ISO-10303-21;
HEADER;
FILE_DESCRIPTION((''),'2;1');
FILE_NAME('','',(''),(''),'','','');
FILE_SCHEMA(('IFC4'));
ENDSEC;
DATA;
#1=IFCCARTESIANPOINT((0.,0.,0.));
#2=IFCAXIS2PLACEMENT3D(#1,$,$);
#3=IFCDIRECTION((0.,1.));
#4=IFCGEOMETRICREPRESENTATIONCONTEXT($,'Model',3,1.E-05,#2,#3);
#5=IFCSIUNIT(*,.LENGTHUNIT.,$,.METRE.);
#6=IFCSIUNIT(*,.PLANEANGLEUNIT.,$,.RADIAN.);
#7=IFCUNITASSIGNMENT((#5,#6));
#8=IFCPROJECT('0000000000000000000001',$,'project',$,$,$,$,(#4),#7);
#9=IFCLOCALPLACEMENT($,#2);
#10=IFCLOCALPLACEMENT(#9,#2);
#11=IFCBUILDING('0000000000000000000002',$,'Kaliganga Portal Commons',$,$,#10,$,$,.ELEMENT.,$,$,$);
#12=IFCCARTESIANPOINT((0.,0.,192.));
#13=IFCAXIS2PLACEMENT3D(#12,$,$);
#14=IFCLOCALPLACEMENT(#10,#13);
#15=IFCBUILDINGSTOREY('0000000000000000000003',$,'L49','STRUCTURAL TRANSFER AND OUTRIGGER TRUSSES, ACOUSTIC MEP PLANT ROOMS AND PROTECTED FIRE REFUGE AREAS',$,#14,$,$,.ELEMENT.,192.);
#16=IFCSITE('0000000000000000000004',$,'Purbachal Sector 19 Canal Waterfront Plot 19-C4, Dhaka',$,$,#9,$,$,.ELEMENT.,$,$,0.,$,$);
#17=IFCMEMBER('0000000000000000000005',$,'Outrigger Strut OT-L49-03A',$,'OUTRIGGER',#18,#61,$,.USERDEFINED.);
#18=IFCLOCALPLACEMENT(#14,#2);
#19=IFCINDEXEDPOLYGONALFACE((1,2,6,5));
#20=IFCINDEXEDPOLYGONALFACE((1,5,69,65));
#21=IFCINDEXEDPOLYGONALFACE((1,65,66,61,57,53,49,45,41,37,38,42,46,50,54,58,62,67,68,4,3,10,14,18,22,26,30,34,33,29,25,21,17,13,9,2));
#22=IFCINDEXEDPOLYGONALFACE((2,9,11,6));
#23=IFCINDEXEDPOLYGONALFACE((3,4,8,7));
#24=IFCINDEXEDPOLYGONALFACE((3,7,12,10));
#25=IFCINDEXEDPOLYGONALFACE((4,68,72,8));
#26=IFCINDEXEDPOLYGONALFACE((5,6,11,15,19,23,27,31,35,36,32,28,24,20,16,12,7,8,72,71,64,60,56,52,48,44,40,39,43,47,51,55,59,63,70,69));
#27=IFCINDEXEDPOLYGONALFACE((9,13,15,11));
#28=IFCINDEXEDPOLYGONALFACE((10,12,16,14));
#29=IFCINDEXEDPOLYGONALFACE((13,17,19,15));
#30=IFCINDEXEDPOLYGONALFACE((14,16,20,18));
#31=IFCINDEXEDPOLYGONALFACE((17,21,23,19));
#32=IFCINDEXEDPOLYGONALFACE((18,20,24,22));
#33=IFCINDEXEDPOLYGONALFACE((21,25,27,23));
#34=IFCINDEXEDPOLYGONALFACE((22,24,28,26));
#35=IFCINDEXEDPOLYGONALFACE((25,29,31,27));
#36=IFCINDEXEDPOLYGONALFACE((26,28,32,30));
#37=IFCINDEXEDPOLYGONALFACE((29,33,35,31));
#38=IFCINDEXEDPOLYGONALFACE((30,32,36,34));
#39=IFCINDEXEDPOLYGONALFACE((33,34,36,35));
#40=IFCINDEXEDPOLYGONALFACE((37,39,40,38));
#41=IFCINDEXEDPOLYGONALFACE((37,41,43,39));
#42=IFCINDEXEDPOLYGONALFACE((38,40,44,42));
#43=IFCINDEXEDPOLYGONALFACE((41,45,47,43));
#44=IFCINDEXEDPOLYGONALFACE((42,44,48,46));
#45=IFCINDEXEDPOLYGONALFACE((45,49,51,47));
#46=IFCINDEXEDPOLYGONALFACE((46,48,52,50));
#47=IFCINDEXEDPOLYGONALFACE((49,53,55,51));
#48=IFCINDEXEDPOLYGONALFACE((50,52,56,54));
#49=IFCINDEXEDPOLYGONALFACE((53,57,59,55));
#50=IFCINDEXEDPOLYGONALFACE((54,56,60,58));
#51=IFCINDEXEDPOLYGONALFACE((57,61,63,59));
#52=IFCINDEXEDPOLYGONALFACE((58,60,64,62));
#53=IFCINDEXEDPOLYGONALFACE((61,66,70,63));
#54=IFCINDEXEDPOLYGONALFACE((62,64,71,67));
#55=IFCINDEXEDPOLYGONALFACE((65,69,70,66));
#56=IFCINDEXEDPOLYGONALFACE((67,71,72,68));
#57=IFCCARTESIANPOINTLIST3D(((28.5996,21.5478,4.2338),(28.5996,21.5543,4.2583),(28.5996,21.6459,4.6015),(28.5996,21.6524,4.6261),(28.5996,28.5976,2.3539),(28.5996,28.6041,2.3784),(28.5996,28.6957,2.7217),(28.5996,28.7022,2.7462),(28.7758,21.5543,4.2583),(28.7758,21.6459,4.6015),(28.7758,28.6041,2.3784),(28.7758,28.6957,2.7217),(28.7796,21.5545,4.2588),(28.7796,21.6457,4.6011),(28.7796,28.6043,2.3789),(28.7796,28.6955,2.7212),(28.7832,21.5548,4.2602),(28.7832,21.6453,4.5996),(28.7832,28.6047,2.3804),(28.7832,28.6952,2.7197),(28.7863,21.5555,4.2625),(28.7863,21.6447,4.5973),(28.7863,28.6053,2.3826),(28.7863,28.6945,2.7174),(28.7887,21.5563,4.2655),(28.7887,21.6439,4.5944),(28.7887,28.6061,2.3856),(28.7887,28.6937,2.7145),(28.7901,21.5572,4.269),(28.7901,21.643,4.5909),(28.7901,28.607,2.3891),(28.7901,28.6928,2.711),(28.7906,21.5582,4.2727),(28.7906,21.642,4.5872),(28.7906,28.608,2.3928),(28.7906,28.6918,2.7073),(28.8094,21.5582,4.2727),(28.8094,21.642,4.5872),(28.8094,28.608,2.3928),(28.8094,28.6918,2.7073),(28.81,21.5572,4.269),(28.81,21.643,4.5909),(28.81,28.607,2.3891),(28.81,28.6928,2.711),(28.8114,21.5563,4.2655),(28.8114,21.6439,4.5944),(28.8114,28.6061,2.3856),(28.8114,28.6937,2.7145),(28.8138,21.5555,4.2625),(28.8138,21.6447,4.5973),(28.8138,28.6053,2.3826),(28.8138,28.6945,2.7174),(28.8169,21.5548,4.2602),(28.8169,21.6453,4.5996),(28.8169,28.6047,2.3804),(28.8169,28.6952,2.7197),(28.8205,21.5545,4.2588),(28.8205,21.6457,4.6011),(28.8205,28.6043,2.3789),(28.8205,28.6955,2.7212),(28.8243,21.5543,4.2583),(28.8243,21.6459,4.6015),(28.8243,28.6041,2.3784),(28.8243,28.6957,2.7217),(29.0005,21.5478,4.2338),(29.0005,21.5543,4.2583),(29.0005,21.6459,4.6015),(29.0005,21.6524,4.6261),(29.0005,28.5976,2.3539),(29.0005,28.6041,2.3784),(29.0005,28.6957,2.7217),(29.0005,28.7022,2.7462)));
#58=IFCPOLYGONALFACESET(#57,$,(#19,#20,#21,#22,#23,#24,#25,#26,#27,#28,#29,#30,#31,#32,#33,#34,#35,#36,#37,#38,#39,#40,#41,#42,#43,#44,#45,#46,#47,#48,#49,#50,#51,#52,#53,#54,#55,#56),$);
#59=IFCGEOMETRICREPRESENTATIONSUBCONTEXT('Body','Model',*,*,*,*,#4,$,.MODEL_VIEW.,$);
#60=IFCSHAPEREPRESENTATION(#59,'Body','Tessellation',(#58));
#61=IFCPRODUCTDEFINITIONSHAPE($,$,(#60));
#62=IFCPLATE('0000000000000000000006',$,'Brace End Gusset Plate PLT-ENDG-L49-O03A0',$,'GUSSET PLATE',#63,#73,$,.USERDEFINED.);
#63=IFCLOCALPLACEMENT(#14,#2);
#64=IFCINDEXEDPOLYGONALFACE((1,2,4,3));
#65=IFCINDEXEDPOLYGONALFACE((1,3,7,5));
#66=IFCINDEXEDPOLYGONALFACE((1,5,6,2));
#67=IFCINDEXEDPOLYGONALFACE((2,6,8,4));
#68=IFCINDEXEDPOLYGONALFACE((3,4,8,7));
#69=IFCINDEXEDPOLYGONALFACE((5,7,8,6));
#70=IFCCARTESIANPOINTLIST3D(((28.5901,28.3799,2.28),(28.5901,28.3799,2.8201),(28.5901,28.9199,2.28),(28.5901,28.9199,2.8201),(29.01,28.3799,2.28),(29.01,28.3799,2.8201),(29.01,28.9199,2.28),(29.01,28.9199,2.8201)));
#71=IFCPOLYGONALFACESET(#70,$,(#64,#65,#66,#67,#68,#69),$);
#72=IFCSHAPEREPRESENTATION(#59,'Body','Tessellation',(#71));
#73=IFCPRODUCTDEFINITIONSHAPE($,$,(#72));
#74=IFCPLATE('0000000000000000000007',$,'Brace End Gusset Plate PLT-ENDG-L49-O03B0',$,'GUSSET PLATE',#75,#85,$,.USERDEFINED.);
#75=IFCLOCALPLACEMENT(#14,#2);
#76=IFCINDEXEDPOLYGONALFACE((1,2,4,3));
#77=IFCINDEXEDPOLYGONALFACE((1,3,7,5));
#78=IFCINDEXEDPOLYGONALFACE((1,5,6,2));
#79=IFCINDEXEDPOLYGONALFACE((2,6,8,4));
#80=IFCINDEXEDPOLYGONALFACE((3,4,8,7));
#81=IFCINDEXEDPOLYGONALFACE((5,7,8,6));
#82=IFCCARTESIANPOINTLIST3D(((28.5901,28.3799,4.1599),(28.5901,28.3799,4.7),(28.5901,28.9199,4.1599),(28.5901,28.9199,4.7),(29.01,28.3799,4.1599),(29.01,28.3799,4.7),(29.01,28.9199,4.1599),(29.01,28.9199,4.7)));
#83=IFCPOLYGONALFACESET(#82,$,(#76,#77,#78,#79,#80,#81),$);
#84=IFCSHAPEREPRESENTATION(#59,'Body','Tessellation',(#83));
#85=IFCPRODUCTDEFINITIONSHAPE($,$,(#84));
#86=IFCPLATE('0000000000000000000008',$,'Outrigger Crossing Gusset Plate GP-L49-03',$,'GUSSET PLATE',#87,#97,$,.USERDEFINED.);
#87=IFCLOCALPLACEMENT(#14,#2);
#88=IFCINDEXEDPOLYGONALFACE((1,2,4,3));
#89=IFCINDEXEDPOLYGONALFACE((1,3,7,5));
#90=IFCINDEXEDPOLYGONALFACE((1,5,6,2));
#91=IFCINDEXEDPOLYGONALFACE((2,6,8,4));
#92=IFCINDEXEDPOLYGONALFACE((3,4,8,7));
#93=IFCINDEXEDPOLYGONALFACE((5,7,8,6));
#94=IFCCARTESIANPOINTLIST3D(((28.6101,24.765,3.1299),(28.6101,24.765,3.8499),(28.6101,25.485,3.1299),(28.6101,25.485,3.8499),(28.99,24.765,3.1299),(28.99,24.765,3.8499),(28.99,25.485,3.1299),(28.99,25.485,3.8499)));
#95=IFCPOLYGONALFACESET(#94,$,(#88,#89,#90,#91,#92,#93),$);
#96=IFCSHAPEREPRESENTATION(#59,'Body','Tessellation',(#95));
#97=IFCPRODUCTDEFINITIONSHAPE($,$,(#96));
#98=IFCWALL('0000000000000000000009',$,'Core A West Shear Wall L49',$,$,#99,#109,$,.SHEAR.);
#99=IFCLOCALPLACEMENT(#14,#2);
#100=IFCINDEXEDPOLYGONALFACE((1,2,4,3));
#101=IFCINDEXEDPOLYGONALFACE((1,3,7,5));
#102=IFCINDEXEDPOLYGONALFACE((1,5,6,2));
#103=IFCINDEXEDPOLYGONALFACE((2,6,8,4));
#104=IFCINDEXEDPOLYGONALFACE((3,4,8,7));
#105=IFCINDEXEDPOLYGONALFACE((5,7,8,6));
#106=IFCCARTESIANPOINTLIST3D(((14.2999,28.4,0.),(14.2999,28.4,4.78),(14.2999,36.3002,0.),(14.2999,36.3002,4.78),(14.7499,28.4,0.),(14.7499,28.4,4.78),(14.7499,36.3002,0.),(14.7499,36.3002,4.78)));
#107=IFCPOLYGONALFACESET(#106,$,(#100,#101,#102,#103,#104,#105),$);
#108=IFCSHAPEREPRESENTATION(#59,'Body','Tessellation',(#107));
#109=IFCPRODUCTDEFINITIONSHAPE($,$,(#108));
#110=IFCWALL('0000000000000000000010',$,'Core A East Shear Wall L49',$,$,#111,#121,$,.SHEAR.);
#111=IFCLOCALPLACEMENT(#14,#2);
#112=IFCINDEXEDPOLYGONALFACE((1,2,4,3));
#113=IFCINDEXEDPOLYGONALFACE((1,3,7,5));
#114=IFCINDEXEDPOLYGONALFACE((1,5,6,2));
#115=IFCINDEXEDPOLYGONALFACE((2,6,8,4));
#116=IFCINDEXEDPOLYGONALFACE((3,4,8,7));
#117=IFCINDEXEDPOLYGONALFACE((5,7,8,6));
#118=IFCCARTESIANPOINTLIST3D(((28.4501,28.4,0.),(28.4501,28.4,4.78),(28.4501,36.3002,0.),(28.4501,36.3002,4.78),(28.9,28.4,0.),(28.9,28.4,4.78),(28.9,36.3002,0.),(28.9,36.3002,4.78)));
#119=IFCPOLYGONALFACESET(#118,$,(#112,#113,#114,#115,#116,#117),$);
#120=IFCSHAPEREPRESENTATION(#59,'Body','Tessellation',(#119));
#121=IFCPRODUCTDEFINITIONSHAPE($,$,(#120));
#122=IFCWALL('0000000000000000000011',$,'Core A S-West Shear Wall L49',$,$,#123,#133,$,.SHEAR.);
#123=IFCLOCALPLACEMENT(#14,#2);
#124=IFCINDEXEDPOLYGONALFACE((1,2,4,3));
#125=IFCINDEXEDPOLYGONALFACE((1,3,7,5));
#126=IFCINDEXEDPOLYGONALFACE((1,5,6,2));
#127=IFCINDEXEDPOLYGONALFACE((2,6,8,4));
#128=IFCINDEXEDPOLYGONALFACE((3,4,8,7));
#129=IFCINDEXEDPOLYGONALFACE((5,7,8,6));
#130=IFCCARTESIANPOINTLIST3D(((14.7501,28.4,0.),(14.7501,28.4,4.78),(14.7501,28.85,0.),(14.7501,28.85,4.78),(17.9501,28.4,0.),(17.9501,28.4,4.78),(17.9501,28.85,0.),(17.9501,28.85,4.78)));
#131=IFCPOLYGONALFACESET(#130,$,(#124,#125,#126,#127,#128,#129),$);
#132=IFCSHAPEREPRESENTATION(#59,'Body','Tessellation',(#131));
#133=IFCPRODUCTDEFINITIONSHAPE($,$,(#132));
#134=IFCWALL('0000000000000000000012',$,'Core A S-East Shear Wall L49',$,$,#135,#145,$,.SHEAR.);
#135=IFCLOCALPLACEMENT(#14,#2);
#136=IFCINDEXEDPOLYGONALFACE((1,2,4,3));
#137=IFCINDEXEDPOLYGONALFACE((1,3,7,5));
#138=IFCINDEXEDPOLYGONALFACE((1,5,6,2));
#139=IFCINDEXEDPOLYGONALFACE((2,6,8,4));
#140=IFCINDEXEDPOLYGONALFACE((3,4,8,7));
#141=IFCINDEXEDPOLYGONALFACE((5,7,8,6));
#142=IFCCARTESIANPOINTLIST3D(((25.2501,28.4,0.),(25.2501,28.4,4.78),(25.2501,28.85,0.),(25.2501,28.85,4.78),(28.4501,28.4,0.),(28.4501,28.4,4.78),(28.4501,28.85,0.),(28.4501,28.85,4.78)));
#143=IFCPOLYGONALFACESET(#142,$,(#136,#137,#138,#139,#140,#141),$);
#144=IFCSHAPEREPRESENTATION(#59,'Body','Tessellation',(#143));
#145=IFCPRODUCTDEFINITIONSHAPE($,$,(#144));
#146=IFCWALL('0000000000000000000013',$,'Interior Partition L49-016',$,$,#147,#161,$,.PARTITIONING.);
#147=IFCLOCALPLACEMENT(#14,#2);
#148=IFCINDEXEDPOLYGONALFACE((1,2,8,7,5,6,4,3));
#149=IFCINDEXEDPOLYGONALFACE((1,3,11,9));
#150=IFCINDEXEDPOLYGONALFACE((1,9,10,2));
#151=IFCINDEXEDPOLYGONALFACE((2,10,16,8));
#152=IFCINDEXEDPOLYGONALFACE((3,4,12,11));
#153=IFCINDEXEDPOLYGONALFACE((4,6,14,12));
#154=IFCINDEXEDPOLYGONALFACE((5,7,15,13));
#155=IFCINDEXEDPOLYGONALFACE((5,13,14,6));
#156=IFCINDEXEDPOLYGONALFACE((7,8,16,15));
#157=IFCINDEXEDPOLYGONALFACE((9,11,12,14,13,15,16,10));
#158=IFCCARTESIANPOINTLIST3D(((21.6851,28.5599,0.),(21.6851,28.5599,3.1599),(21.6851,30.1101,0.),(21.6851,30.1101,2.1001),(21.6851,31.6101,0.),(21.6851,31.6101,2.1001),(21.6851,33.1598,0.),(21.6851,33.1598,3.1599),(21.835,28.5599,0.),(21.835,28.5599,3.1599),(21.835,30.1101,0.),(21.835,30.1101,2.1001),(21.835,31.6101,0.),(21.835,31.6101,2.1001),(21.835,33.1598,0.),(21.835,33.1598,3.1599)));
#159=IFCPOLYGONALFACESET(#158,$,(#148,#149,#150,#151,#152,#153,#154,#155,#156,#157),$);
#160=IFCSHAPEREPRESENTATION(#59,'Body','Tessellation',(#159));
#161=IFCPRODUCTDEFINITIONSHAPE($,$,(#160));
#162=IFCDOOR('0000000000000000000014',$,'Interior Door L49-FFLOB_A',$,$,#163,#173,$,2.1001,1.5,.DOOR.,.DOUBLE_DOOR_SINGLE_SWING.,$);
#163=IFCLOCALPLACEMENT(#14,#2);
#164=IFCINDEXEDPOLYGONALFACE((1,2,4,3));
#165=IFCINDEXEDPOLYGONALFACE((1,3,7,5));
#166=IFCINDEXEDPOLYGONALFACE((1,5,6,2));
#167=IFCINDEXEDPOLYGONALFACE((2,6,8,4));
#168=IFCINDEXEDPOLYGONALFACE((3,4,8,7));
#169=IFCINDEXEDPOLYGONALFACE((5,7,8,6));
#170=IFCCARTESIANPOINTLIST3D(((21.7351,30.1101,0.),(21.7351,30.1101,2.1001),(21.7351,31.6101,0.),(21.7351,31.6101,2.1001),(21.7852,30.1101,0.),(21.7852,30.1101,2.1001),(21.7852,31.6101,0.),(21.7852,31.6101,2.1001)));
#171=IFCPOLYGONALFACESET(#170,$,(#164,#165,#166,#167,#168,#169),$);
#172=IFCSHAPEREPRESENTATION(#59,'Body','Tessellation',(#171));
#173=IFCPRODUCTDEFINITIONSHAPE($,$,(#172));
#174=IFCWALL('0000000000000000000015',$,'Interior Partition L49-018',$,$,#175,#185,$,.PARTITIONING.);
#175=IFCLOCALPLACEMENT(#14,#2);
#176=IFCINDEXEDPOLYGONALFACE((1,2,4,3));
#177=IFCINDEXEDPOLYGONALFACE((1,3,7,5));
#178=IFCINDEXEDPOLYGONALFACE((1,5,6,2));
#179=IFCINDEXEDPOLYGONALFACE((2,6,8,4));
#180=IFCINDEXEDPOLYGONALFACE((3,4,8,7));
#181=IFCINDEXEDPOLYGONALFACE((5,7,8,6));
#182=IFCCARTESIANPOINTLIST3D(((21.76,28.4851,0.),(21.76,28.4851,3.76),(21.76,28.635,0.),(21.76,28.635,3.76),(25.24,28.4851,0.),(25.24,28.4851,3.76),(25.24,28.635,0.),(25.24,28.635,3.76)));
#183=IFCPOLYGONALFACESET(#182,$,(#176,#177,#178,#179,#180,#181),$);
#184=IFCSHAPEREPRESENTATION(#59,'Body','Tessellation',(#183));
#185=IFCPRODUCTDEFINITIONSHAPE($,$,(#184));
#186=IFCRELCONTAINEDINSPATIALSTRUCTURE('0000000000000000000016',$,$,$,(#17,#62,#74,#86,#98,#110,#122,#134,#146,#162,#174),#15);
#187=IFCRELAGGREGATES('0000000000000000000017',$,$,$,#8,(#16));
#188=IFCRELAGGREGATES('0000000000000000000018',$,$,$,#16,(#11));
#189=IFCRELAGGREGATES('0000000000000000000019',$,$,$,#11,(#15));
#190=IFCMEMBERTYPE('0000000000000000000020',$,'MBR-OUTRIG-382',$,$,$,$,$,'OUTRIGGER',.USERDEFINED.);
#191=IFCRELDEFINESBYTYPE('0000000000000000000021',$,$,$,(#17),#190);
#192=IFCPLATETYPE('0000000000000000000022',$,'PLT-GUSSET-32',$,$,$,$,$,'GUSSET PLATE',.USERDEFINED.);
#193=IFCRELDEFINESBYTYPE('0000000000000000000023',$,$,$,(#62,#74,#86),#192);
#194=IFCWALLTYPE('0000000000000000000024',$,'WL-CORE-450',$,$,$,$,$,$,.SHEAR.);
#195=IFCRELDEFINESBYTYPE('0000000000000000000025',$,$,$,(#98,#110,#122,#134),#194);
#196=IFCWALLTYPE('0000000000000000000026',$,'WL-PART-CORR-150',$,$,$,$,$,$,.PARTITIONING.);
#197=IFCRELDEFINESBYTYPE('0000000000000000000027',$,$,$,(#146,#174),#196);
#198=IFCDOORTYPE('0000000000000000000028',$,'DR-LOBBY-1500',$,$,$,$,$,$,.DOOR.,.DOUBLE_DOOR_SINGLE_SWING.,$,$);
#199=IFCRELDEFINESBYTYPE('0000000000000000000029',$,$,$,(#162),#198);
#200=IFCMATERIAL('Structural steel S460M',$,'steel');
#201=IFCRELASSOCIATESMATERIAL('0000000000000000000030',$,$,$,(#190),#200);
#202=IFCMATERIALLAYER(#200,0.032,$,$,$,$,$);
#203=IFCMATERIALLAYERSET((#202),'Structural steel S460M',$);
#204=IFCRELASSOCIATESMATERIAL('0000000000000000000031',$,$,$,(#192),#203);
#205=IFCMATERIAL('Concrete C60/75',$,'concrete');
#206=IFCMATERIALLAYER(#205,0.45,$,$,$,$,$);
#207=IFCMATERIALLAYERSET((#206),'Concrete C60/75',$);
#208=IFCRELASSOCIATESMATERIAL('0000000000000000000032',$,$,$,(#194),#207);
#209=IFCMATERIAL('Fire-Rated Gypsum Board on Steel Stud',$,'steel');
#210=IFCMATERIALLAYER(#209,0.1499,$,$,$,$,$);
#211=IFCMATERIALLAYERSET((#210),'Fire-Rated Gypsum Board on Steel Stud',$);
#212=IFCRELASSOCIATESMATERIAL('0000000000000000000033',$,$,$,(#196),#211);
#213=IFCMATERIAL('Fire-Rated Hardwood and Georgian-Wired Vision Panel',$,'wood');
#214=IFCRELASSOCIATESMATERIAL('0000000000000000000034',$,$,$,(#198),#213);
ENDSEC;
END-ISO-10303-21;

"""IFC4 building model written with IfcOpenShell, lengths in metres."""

from ifc_helpers import new_model, si_unit, direction, frame, frame_2d, origin, origin_2d, place, context, subcontext, project, spatial, rectangle, i_section, extrude, source, transform, mapped, material, layer, layer_set, material_profile, profile_set, type_object, element, fill, save


model = new_model("IFC4")

# Units and contexts
model_context = context("Model", 3, precision=1e-05, world=origin(), true_north=direction((0.0, 1.0)))
body_context = subcontext(model_context, "Body", "Model", "MODEL_VIEW")
ifc_project = project(units=[si_unit("LENGTHUNIT", "METRE"), si_unit("PLANEANGLEUNIT", "RADIAN")], contexts=[model_context])

# Site, building, storey
site_placement = place(None, origin())
site = spatial("IfcSite", under=ifc_project, at=site_placement, Name="Purbachal Sector 19 Canal Waterfront Plot 19-C4, Dhaka", CompositionType="ELEMENT", RefElevation=0.0)
building_placement = place(site_placement, origin())
building = spatial("IfcBuilding", under=site, at=building_placement, Name="Kaliganga Portal Commons", CompositionType="ELEMENT")
storey_placement = place(building_placement, frame((0.0, 0.0, 192.0)))
storey = spatial("IfcBuildingStorey", under=building, at=storey_placement, Name="L49", Description="STRUCTURAL TRANSFER AND OUTRIGGER TRUSSES, ACOUSTIC MEP PLANT ROOMS AND PROTECTED FIRE REFUGE AREAS", CompositionType="ELEMENT", Elevation=192.0)

# Shared definitions
ifc_material_1 = material(Name="Concrete C60/75", Category="concrete")

# Member
ifc_material_2 = material(Name="Structural steel S460M", Category="steel")
ifc_material_profile_1 = material_profile(ifc_material_2, i_section(OverallWidth=0.4009, OverallDepth=0.406, WebThickness=0.0188, FlangeThickness=0.0254, FilletRadius=0.0149, at=origin_2d()), Name="HD 400x314")
ifc_profile_set_1 = profile_set([ifc_material_profile_1], Name="Structural steel S460M wide-flange")
member_type_1 = type_object("IfcMemberType", Name="MBR-OUTRIG-382", ElementType="OUTRIGGER", PredefinedType="USERDEFINED", material=ifc_profile_set_1)
shared_shape_1 = source(origin(), body_context, "Body", "SweptSolid", [
    extrude(i_section(OverallWidth=0.4009, OverallDepth=0.406, WebThickness=0.0188, FlangeThickness=0.0254, FilletRadius=0.0149, at=origin_2d()), origin(), (0.0, 0.0, 1.0), 7.2961),
])
member_placement = place(storey_placement, frame((28.8, 28.6499, 2.55), z_axis=(0.0, -0.966237, 0.257654), x_axis=(1.0, 0.0, 0.0)))
element("IfcMember", 1, at=member_placement, inside=storey, type_object=member_type_1, Name="Outrigger Strut OT-L49-03A", ObjectType="OUTRIGGER", PredefinedType="USERDEFINED", context=body_context, shape_type="MappedRepresentation", body=[
    mapped(shared_shape_1, transform((0.0, 0.0, 0.0), x_axis=(1.0, 0.0, 0.0), y_axis=(0.0, 1.0, 0.0), z_axis=(0.0, 0.0, 1.0), scale=1.0)),
])

# Plates
ifc_layer_1 = layer(ifc_material_2, 0.032)
ifc_layer_set_1 = layer_set([ifc_layer_1], Name="Structural steel S460M")
plate_type = type_object("IfcPlateType", Name="PLT-GUSSET-32", ElementType="GUSSET PLATE", PredefinedType="USERDEFINED", material=ifc_layer_set_1)
shared_shape_2 = source(origin(), body_context, "Body", "SweptSolid", [
    extrude(rectangle(XDim=0.54, YDim=0.4199, at=origin_2d()), origin(), (0.0, 0.0, 1.0), 0.54),
])
for number, where, z_axis, x_axis, name in (
    (2, (28.8, 28.6499, 2.28), (0.0, 0.0, 1.0), (0.0, -1.0, 0.0), "Brace End Gusset Plate PLT-ENDG-L49-O03A0"),
    (3, (28.8, 28.6499, 4.1599), (0.0, 0.0, 1.0), (0.0, -1.0, 0.0), "Brace End Gusset Plate PLT-ENDG-L49-O03B0"),
):
    element("IfcPlate", number, at=place(storey_placement, frame(where, z_axis=z_axis, x_axis=x_axis)), inside=storey, type_object=plate_type, Name=name, ObjectType="GUSSET PLATE", PredefinedType="USERDEFINED", context=body_context, shape_type="MappedRepresentation", body=[
        mapped(shared_shape_2, transform((0.0, 0.0, 0.0), x_axis=(1.0, 0.0, 0.0), y_axis=(0.0, 1.0, 0.0), z_axis=(0.0, 0.0, 1.0), scale=1.0)),
    ])
shared_shape_3 = source(origin(), body_context, "Body", "SweptSolid", [
    extrude(rectangle(XDim=0.72, YDim=0.3799, at=origin_2d()), origin(), (0.0, 0.0, 1.0), 0.72),
])
plate_placement = place(storey_placement, frame((28.8, 25.125, 3.1299), z_axis=(0.0, 0.0, 1.0), x_axis=(0.0, -1.0, 0.0)))
element("IfcPlate", 4, at=plate_placement, inside=storey, type_object=plate_type, Name="Outrigger Crossing Gusset Plate GP-L49-03", ObjectType="GUSSET PLATE", PredefinedType="USERDEFINED", context=body_context, shape_type="MappedRepresentation", body=[
    mapped(shared_shape_3, transform((0.0, 0.0, 0.0), x_axis=(1.0, 0.0, 0.0), y_axis=(0.0, 1.0, 0.0), z_axis=(0.0, 0.0, 1.0), scale=1.0)),
])

# Walls
ifc_layer_2 = layer(ifc_material_1, 0.45)
ifc_layer_set_2 = layer_set([ifc_layer_2], Name="Concrete C60/75")
wall_type_1 = type_object("IfcWallType", Name="WL-CORE-450", PredefinedType="SHEAR", material=ifc_layer_set_2)
for number, where, z_axis, x_axis, name in (
    (5, (14.5249, 28.3999, 0.0), (0.0, 0.0, 1.0), (0.0, 1.0, 0.0), "Core A West Shear Wall L49"),
    (6, (28.675, 28.3999, 0.0), (0.0, 0.0, 1.0), (0.0, 1.0, 0.0), "Core A East Shear Wall L49"),
):
    element("IfcWall", number, at=place(storey_placement, frame(where, z_axis=z_axis, x_axis=x_axis)), inside=storey, type_object=wall_type_1, Name=name, PredefinedType="SHEAR", context=body_context, shape_type="SweptSolid", body=[
        extrude(rectangle(XDim=7.9001, YDim=0.45, at=frame_2d((3.9502, 0.0))), origin(), (0.0, 0.0, 1.0), 4.78),
    ])
for number, where, z_axis, x_axis, name in (
    (7, (14.75, 28.625, 0.0), (0.0, 0.0, 1.0), (1.0, 0.0, 0.0), "Core A S-West Shear Wall L49"),
    (8, (25.25, 28.625, 0.0), (0.0, 0.0, 1.0), (1.0, 0.0, 0.0), "Core A S-East Shear Wall L49"),
):
    element("IfcWall", number, at=place(storey_placement, frame(where, z_axis=z_axis, x_axis=x_axis)), inside=storey, type_object=wall_type_1, Name=name, PredefinedType="SHEAR", context=body_context, shape_type="SweptSolid", body=[
        extrude(rectangle(XDim=3.2, YDim=0.45, at=frame_2d((1.6001, 0.0))), origin(), (0.0, 0.0, 1.0), 4.78),
    ])

# Wall, opening, door
ifc_material_3 = material(Name="Fire-Rated Gypsum Board on Steel Stud", Category="steel")
ifc_layer_3 = layer(ifc_material_3, 0.1499)
ifc_layer_set_3 = layer_set([ifc_layer_3], Name="Fire-Rated Gypsum Board on Steel Stud")
wall_type_2 = type_object("IfcWallType", Name="WL-PART-CORR-150", PredefinedType="PARTITIONING", material=ifc_layer_set_3)
wall_1_placement = place(storey_placement, frame((21.76, 28.5601, 0.0), z_axis=(0.0, 0.0, 1.0), x_axis=(0.0, 1.0, 0.0)))
wall_1 = element("IfcWall", 9, at=wall_1_placement, inside=storey, type_object=wall_type_2, Name="Interior Partition L49-016", PredefinedType="PARTITIONING", context=body_context, shape_type="SweptSolid", body=[
    extrude(rectangle(XDim=4.5999, YDim=0.1499, at=frame_2d((2.2998, 0.0))), origin(), (0.0, 0.0, 1.0), 3.1599),
])
opening_1_placement = place(wall_1_placement, frame((1.55, 0.0, 0.0)))
opening_1 = element("IfcOpeningElement", 10, at=opening_1_placement, cuts=wall_1, PredefinedType="OPENING", context=body_context, shape_type="SweptSolid", body=[
    extrude(rectangle(XDim=1.5, YDim=2.1001, at=frame_2d((0.75, 1.05))), frame((0.0, 0.085, 0.0), z_axis=(0.0, -1.0, 0.0), x_axis=(1.0, 0.0, 0.0)), (0.0, 0.0, 1.0), 0.1699),
])
ifc_material_4 = material(Name="Fire-Rated Hardwood and Georgian-Wired Vision Panel", Category="wood")
door_type_1 = type_object("IfcDoorType", Name="DR-LOBBY-1500", OperationType="DOUBLE_DOOR_SINGLE_SWING", PredefinedType="DOOR", material=ifc_material_4)
door_1_placement = place(opening_1_placement, origin())
door_1 = element("IfcDoor", 11, at=door_1_placement, inside=storey, type_object=door_type_1, Name="Interior Door L49-FFLOB_A", OperationType="DOUBLE_DOOR_SINGLE_SWING", OverallHeight=2.1001, OverallWidth=1.5, PredefinedType="DOOR", context=body_context, shape_type="SweptSolid", body=[
    extrude(rectangle(XDim=1.5, YDim=2.1001, at=frame_2d((0.75, 1.05))), frame((0.0, 0.0249, 0.0), z_axis=(0.0, -1.0, 0.0), x_axis=(1.0, 0.0, 0.0)), (0.0, 0.0, 1.0), 0.05),
])
fill(opening_1, door_1)

# Wall
wall_2_placement = place(storey_placement, frame((21.76, 28.5601, 0.0), z_axis=(0.0, 0.0, 1.0), x_axis=(1.0, 0.0, 0.0)))
element("IfcWall", 12, at=wall_2_placement, inside=storey, type_object=wall_type_2, Name="Interior Partition L49-018", PredefinedType="PARTITIONING", context=body_context, shape_type="SweptSolid", body=[
    extrude(rectangle(XDim=3.48, YDim=0.1499, at=frame_2d((1.74, 0.0))), origin(), (0.0, 0.0, 1.0), 3.76),
])

save(model, "model.ifc")
